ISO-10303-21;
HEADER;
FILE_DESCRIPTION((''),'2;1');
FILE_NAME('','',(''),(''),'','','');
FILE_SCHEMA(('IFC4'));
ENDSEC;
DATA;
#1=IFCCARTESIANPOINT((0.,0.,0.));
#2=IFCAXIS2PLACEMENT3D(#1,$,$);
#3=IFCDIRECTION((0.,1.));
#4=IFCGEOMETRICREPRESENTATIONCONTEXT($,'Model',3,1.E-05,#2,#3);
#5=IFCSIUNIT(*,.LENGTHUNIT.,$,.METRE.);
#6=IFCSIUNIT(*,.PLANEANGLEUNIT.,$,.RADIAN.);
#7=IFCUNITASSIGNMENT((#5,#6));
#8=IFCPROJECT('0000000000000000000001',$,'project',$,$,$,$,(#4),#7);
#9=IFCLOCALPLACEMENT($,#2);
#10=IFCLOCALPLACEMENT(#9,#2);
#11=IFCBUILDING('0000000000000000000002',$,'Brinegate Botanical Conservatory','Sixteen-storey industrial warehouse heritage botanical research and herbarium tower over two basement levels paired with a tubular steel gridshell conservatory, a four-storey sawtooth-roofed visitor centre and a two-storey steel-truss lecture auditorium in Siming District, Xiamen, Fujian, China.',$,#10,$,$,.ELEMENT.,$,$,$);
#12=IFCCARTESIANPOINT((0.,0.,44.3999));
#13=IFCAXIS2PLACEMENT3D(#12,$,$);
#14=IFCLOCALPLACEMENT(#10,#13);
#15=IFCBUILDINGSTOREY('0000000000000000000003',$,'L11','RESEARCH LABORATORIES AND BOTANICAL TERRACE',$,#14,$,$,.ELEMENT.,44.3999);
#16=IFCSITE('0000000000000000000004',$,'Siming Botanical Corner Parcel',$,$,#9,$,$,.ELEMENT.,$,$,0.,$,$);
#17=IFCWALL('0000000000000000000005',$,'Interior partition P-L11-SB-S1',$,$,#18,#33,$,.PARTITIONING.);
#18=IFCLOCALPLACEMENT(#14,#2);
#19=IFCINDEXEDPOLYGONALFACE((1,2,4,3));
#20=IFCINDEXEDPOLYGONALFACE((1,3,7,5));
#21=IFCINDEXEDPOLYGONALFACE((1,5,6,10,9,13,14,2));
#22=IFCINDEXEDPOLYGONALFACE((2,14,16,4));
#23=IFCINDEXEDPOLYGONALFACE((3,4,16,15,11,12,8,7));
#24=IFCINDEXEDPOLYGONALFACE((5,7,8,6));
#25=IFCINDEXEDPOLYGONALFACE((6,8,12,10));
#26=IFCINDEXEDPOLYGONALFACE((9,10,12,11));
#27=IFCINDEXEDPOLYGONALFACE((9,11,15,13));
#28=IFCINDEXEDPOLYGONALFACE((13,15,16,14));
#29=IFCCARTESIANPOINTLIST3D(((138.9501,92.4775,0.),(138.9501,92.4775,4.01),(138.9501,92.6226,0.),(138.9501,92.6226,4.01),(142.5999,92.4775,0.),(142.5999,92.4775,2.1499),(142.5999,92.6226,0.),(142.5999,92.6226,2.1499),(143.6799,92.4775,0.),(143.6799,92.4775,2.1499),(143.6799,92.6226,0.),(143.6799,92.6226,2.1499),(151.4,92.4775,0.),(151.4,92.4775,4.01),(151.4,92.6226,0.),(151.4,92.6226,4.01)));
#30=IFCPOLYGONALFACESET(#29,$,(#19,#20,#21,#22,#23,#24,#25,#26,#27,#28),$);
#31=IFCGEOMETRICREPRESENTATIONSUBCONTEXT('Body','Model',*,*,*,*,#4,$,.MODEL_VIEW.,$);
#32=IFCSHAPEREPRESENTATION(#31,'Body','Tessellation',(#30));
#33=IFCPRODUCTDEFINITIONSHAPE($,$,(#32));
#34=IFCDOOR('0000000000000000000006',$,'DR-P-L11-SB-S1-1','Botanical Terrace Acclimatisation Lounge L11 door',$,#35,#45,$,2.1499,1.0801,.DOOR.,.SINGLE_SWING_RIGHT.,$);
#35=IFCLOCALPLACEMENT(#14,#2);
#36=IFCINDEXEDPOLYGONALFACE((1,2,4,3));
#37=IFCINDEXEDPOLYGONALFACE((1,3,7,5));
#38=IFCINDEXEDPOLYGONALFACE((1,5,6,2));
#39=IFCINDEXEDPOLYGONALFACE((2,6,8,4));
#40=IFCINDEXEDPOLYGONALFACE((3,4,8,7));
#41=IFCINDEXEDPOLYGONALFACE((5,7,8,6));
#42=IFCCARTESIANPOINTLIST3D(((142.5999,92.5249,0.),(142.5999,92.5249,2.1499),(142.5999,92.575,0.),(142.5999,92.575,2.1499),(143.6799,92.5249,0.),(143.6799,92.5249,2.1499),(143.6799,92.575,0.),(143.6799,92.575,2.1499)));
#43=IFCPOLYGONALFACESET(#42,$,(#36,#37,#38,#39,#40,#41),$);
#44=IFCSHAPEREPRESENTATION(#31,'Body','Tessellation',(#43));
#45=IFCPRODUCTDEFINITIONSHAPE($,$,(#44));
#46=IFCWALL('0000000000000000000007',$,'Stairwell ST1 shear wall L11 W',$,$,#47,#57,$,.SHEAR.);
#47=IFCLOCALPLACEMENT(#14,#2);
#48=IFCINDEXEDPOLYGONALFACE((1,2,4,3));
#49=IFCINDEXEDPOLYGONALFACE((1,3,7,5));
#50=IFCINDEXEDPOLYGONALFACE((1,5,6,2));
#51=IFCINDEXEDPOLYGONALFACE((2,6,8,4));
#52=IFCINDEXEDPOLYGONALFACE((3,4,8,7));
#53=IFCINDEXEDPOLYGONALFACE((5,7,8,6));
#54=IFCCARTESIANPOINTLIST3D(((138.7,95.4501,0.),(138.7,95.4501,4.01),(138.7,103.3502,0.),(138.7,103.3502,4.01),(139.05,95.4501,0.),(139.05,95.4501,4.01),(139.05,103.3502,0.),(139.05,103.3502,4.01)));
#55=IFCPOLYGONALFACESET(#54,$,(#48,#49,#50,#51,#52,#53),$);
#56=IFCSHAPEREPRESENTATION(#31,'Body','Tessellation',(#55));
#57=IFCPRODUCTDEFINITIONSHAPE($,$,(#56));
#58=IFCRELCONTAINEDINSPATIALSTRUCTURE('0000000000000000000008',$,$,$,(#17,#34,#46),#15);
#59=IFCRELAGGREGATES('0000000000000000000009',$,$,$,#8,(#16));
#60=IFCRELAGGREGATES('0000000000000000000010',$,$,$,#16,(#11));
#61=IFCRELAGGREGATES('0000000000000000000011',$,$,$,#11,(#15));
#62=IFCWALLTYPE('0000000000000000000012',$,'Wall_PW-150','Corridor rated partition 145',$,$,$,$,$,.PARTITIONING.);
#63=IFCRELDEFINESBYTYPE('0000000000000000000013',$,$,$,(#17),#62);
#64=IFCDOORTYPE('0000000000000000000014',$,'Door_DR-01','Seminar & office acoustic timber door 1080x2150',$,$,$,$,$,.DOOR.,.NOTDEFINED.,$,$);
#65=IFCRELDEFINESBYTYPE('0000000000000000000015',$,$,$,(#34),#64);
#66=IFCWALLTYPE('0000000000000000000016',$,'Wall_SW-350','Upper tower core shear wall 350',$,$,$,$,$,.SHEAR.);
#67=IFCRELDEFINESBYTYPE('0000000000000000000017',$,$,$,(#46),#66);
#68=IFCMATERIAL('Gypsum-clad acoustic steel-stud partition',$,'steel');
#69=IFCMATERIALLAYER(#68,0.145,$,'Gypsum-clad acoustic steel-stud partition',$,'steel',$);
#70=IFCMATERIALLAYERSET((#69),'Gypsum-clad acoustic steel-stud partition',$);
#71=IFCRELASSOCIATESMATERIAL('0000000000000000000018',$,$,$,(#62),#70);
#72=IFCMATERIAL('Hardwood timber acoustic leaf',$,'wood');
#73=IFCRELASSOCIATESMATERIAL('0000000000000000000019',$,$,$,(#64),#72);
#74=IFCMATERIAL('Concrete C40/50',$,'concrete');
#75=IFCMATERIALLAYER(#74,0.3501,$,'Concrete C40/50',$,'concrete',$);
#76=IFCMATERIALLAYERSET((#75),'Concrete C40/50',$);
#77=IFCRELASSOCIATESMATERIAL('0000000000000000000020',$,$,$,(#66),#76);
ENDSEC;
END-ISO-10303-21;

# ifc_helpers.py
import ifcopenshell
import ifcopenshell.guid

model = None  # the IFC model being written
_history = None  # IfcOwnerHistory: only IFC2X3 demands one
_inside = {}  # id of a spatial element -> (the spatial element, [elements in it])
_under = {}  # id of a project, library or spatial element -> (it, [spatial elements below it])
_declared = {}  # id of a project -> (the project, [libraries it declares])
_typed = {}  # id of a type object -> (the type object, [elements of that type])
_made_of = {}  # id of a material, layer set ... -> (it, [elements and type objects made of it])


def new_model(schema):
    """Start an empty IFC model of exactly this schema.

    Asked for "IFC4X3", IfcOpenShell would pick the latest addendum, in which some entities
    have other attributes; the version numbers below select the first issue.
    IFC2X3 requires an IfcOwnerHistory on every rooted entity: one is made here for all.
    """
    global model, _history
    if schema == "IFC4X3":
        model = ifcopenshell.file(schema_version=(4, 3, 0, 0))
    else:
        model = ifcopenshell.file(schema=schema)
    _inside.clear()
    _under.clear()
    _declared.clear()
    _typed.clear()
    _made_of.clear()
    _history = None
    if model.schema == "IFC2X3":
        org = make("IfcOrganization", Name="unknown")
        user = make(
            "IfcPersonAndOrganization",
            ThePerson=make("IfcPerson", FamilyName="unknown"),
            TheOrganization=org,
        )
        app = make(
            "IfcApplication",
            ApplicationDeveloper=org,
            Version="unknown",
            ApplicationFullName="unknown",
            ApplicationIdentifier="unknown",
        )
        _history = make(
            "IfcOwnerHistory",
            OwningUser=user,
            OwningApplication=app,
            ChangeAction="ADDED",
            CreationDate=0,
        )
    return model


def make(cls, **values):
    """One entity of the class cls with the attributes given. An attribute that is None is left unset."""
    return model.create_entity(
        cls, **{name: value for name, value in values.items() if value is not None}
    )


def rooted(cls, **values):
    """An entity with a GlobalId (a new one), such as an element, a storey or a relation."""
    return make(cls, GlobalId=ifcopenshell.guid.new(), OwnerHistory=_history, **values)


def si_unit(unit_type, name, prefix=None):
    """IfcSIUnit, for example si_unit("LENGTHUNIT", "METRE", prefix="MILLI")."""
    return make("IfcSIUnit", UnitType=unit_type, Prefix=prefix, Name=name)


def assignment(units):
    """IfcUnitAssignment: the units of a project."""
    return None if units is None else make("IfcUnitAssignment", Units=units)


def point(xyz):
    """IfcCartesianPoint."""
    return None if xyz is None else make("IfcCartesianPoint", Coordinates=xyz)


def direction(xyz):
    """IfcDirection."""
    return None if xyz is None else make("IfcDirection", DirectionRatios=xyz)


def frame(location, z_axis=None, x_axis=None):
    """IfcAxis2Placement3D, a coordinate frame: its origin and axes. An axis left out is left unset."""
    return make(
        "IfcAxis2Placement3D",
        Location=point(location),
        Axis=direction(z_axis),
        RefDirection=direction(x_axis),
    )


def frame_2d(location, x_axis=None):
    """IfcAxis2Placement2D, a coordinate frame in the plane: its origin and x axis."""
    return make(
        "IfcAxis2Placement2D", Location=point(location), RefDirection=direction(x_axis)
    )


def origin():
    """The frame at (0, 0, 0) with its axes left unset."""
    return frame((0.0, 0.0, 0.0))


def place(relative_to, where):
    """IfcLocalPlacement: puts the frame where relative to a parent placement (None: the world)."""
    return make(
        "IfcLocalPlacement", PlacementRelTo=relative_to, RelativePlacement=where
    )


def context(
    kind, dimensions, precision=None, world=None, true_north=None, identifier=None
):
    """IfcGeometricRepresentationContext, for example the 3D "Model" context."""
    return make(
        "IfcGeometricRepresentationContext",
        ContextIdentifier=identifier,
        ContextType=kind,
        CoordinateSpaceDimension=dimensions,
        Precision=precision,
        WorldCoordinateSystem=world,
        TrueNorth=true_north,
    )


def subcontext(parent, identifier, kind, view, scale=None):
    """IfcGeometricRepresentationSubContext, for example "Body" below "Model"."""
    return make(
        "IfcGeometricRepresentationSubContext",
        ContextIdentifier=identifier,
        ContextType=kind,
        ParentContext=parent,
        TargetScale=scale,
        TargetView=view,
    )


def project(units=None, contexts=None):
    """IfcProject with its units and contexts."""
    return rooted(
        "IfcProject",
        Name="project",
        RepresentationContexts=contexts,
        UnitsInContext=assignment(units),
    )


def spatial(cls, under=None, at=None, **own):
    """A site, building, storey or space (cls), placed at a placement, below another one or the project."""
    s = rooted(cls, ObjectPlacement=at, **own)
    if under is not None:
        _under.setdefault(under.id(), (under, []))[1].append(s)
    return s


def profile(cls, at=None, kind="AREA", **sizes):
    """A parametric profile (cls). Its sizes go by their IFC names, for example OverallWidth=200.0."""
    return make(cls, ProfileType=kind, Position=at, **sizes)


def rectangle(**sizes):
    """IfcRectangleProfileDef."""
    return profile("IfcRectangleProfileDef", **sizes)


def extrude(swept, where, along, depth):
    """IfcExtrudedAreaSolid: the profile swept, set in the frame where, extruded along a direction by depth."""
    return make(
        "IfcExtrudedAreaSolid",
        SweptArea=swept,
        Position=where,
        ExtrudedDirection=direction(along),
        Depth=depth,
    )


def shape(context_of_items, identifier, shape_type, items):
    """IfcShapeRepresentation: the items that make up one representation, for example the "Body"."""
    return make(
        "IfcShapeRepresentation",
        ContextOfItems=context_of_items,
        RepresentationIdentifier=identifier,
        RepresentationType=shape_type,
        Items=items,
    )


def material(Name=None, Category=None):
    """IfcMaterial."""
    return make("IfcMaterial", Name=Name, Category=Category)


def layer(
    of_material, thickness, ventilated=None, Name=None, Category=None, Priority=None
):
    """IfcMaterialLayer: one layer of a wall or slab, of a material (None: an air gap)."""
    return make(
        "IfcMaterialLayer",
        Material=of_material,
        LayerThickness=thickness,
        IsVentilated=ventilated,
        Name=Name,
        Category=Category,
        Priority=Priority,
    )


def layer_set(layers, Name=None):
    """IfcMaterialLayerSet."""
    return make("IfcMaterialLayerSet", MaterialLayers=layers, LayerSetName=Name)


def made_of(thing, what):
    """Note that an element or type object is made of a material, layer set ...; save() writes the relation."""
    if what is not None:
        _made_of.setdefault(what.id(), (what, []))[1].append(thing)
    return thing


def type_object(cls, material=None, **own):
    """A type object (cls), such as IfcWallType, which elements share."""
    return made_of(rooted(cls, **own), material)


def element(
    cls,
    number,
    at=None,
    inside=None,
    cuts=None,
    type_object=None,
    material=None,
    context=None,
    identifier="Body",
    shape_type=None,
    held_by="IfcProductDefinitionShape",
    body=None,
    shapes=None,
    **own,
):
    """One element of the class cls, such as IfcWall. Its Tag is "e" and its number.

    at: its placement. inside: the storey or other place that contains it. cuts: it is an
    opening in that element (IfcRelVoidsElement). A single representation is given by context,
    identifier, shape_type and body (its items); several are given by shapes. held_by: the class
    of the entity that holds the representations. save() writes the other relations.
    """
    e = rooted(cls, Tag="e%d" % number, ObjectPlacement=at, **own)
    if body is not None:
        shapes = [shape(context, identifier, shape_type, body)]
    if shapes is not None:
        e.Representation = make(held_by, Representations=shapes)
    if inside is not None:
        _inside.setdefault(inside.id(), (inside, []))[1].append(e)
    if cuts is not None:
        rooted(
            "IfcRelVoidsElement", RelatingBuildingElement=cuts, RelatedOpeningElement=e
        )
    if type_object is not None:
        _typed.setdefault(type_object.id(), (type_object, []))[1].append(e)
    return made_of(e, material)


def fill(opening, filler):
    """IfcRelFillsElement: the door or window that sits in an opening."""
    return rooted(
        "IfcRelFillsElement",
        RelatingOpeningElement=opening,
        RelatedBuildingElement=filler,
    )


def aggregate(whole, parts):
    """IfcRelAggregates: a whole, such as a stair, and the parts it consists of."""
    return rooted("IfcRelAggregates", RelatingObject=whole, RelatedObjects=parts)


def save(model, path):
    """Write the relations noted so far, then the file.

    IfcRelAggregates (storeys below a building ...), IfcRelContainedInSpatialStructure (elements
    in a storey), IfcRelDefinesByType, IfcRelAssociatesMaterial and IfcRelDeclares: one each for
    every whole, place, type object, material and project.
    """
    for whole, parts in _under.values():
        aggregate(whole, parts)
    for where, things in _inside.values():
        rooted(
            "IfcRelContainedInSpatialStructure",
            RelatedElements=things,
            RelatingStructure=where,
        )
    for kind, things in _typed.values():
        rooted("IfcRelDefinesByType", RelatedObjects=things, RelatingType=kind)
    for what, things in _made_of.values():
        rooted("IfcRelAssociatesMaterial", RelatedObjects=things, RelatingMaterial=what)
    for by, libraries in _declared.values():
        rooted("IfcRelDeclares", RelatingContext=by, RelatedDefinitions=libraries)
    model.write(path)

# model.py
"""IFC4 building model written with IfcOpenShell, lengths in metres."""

from ifc_helpers import new_model, si_unit, direction, frame, frame_2d, origin, place, context, subcontext, project, spatial, rectangle, extrude, material, layer, layer_set, type_object, element, fill, save


model = new_model("IFC4")

# Units and contexts
model_context = context("Model", 3, precision=1e-05, world=origin(), true_north=direction((0.0, 1.0)))
body_context = subcontext(model_context, "Body", "Model", "MODEL_VIEW")
ifc_project = project(units=[si_unit("LENGTHUNIT", "METRE"), si_unit("PLANEANGLEUNIT", "RADIAN")], contexts=[model_context])

# Site, building, storey
site_placement = place(None, origin())
site = spatial("IfcSite", under=ifc_project, at=site_placement, Name="Siming Botanical Corner Parcel", CompositionType="ELEMENT", RefElevation=0.0)
building_placement = place(site_placement, origin())
building = spatial("IfcBuilding", under=site, at=building_placement, Name="Brinegate Botanical Conservatory", Description="Sixteen-storey industrial warehouse heritage botanical research and herbarium tower over two basement levels paired with a tubular steel gridshell conservatory, a four-storey sawtooth-roofed visitor centre and a two-storey steel-truss lecture auditorium in Siming District, Xiamen, Fujian, China.", CompositionType="ELEMENT")
storey_placement = place(building_placement, frame((0.0, 0.0, 44.3999)))
storey = spatial("IfcBuildingStorey", under=building, at=storey_placement, Name="L11", Description="RESEARCH LABORATORIES AND BOTANICAL TERRACE", CompositionType="ELEMENT", Elevation=44.3999)

# Shared definitions
ifc_material_1 = material(Name="Concrete C40/50", Category="concrete")

# Wall, opening, door
ifc_material_2 = material(Name="Gypsum-clad acoustic steel-stud partition", Category="steel")
ifc_layer_1 = layer(ifc_material_2, 0.145, Name="Gypsum-clad acoustic steel-stud partition", Category="steel")
ifc_layer_set_1 = layer_set([ifc_layer_1], Name="Gypsum-clad acoustic steel-stud partition")
wall_type_1 = type_object("IfcWallType", Name="Wall_PW-150", Description="Corridor rated partition 145", PredefinedType="PARTITIONING", material=ifc_layer_set_1)
wall_1_placement = place(storey_placement, frame((138.95, 92.55, 0.0), z_axis=(0.0, 0.0, 1.0), x_axis=(1.0, 0.0, 0.0)))
wall_1 = element("IfcWall", 1, at=wall_1_placement, inside=storey, type_object=wall_type_1, Name="Interior partition P-L11-SB-S1", PredefinedType="PARTITIONING", context=body_context, shape_type="SweptSolid", body=[
    extrude(rectangle(XDim=12.45, YDim=0.145, at=frame_2d((6.2251, 0.0))), origin(), (0.0, 0.0, 1.0), 4.01),
])
opening_1_placement = place(wall_1_placement, frame((3.6499, 0.0, 0.0)))
opening_1 = element("IfcOpeningElement", 2, at=opening_1_placement, cuts=wall_1, PredefinedType="OPENING", context=body_context, shape_type="SweptSolid", body=[
    extrude(rectangle(XDim=1.0801, YDim=2.1499, at=frame_2d((0.54, 1.075))), frame((0.0, 0.0825, 0.0), z_axis=(0.0, -1.0, 0.0), x_axis=(1.0, 0.0, 0.0)), (0.0, 0.0, 1.0), 0.165),
])
ifc_material_3 = material(Name="Hardwood timber acoustic leaf", Category="wood")
door_type_1 = type_object("IfcDoorType", Name="Door_DR-01", Description="Seminar & office acoustic timber door 1080x2150", OperationType="NOTDEFINED", PredefinedType="DOOR", material=ifc_material_3)
door_1_placement = place(opening_1_placement, origin())
door_1 = element("IfcDoor", 3, at=door_1_placement, inside=storey, type_object=door_type_1, Name="DR-P-L11-SB-S1-1", Description="Botanical Terrace Acclimatisation Lounge L11 door", OperationType="SINGLE_SWING_RIGHT", OverallHeight=2.1499, OverallWidth=1.0801, PredefinedType="DOOR", context=body_context, shape_type="SweptSolid", body=[
    extrude(rectangle(XDim=1.0801, YDim=2.1499, at=frame_2d((0.54, 1.075))), frame((0.0, 0.0249, 0.0), z_axis=(0.0, -1.0, 0.0), x_axis=(1.0, 0.0, 0.0)), (0.0, 0.0, 1.0), 0.05),
])
fill(opening_1, door_1)

# Wall
ifc_layer_2 = layer(ifc_material_1, 0.3501, Name="Concrete C40/50", Category="concrete")
ifc_layer_set_2 = layer_set([ifc_layer_2], Name="Concrete C40/50")
wall_type_2 = type_object("IfcWallType", Name="Wall_SW-350", Description="Upper tower core shear wall 350", PredefinedType="SHEAR", material=ifc_layer_set_2)
wall_2_placement = place(storey_placement, frame((138.875, 95.45, 0.0), z_axis=(0.0, 0.0, 1.0), x_axis=(0.0, 1.0, 0.0)))
element("IfcWall", 4, at=wall_2_placement, inside=storey, type_object=wall_type_2, Name="Stairwell ST1 shear wall L11 W", PredefinedType="SHEAR", context=body_context, shape_type="SweptSolid", body=[
    extrude(rectangle(XDim=7.9001, YDim=0.3501, at=frame_2d((3.9502, 0.0))), origin(), (0.0, 0.0, 1.0), 4.01),
])

save(model, "model.ifc")
